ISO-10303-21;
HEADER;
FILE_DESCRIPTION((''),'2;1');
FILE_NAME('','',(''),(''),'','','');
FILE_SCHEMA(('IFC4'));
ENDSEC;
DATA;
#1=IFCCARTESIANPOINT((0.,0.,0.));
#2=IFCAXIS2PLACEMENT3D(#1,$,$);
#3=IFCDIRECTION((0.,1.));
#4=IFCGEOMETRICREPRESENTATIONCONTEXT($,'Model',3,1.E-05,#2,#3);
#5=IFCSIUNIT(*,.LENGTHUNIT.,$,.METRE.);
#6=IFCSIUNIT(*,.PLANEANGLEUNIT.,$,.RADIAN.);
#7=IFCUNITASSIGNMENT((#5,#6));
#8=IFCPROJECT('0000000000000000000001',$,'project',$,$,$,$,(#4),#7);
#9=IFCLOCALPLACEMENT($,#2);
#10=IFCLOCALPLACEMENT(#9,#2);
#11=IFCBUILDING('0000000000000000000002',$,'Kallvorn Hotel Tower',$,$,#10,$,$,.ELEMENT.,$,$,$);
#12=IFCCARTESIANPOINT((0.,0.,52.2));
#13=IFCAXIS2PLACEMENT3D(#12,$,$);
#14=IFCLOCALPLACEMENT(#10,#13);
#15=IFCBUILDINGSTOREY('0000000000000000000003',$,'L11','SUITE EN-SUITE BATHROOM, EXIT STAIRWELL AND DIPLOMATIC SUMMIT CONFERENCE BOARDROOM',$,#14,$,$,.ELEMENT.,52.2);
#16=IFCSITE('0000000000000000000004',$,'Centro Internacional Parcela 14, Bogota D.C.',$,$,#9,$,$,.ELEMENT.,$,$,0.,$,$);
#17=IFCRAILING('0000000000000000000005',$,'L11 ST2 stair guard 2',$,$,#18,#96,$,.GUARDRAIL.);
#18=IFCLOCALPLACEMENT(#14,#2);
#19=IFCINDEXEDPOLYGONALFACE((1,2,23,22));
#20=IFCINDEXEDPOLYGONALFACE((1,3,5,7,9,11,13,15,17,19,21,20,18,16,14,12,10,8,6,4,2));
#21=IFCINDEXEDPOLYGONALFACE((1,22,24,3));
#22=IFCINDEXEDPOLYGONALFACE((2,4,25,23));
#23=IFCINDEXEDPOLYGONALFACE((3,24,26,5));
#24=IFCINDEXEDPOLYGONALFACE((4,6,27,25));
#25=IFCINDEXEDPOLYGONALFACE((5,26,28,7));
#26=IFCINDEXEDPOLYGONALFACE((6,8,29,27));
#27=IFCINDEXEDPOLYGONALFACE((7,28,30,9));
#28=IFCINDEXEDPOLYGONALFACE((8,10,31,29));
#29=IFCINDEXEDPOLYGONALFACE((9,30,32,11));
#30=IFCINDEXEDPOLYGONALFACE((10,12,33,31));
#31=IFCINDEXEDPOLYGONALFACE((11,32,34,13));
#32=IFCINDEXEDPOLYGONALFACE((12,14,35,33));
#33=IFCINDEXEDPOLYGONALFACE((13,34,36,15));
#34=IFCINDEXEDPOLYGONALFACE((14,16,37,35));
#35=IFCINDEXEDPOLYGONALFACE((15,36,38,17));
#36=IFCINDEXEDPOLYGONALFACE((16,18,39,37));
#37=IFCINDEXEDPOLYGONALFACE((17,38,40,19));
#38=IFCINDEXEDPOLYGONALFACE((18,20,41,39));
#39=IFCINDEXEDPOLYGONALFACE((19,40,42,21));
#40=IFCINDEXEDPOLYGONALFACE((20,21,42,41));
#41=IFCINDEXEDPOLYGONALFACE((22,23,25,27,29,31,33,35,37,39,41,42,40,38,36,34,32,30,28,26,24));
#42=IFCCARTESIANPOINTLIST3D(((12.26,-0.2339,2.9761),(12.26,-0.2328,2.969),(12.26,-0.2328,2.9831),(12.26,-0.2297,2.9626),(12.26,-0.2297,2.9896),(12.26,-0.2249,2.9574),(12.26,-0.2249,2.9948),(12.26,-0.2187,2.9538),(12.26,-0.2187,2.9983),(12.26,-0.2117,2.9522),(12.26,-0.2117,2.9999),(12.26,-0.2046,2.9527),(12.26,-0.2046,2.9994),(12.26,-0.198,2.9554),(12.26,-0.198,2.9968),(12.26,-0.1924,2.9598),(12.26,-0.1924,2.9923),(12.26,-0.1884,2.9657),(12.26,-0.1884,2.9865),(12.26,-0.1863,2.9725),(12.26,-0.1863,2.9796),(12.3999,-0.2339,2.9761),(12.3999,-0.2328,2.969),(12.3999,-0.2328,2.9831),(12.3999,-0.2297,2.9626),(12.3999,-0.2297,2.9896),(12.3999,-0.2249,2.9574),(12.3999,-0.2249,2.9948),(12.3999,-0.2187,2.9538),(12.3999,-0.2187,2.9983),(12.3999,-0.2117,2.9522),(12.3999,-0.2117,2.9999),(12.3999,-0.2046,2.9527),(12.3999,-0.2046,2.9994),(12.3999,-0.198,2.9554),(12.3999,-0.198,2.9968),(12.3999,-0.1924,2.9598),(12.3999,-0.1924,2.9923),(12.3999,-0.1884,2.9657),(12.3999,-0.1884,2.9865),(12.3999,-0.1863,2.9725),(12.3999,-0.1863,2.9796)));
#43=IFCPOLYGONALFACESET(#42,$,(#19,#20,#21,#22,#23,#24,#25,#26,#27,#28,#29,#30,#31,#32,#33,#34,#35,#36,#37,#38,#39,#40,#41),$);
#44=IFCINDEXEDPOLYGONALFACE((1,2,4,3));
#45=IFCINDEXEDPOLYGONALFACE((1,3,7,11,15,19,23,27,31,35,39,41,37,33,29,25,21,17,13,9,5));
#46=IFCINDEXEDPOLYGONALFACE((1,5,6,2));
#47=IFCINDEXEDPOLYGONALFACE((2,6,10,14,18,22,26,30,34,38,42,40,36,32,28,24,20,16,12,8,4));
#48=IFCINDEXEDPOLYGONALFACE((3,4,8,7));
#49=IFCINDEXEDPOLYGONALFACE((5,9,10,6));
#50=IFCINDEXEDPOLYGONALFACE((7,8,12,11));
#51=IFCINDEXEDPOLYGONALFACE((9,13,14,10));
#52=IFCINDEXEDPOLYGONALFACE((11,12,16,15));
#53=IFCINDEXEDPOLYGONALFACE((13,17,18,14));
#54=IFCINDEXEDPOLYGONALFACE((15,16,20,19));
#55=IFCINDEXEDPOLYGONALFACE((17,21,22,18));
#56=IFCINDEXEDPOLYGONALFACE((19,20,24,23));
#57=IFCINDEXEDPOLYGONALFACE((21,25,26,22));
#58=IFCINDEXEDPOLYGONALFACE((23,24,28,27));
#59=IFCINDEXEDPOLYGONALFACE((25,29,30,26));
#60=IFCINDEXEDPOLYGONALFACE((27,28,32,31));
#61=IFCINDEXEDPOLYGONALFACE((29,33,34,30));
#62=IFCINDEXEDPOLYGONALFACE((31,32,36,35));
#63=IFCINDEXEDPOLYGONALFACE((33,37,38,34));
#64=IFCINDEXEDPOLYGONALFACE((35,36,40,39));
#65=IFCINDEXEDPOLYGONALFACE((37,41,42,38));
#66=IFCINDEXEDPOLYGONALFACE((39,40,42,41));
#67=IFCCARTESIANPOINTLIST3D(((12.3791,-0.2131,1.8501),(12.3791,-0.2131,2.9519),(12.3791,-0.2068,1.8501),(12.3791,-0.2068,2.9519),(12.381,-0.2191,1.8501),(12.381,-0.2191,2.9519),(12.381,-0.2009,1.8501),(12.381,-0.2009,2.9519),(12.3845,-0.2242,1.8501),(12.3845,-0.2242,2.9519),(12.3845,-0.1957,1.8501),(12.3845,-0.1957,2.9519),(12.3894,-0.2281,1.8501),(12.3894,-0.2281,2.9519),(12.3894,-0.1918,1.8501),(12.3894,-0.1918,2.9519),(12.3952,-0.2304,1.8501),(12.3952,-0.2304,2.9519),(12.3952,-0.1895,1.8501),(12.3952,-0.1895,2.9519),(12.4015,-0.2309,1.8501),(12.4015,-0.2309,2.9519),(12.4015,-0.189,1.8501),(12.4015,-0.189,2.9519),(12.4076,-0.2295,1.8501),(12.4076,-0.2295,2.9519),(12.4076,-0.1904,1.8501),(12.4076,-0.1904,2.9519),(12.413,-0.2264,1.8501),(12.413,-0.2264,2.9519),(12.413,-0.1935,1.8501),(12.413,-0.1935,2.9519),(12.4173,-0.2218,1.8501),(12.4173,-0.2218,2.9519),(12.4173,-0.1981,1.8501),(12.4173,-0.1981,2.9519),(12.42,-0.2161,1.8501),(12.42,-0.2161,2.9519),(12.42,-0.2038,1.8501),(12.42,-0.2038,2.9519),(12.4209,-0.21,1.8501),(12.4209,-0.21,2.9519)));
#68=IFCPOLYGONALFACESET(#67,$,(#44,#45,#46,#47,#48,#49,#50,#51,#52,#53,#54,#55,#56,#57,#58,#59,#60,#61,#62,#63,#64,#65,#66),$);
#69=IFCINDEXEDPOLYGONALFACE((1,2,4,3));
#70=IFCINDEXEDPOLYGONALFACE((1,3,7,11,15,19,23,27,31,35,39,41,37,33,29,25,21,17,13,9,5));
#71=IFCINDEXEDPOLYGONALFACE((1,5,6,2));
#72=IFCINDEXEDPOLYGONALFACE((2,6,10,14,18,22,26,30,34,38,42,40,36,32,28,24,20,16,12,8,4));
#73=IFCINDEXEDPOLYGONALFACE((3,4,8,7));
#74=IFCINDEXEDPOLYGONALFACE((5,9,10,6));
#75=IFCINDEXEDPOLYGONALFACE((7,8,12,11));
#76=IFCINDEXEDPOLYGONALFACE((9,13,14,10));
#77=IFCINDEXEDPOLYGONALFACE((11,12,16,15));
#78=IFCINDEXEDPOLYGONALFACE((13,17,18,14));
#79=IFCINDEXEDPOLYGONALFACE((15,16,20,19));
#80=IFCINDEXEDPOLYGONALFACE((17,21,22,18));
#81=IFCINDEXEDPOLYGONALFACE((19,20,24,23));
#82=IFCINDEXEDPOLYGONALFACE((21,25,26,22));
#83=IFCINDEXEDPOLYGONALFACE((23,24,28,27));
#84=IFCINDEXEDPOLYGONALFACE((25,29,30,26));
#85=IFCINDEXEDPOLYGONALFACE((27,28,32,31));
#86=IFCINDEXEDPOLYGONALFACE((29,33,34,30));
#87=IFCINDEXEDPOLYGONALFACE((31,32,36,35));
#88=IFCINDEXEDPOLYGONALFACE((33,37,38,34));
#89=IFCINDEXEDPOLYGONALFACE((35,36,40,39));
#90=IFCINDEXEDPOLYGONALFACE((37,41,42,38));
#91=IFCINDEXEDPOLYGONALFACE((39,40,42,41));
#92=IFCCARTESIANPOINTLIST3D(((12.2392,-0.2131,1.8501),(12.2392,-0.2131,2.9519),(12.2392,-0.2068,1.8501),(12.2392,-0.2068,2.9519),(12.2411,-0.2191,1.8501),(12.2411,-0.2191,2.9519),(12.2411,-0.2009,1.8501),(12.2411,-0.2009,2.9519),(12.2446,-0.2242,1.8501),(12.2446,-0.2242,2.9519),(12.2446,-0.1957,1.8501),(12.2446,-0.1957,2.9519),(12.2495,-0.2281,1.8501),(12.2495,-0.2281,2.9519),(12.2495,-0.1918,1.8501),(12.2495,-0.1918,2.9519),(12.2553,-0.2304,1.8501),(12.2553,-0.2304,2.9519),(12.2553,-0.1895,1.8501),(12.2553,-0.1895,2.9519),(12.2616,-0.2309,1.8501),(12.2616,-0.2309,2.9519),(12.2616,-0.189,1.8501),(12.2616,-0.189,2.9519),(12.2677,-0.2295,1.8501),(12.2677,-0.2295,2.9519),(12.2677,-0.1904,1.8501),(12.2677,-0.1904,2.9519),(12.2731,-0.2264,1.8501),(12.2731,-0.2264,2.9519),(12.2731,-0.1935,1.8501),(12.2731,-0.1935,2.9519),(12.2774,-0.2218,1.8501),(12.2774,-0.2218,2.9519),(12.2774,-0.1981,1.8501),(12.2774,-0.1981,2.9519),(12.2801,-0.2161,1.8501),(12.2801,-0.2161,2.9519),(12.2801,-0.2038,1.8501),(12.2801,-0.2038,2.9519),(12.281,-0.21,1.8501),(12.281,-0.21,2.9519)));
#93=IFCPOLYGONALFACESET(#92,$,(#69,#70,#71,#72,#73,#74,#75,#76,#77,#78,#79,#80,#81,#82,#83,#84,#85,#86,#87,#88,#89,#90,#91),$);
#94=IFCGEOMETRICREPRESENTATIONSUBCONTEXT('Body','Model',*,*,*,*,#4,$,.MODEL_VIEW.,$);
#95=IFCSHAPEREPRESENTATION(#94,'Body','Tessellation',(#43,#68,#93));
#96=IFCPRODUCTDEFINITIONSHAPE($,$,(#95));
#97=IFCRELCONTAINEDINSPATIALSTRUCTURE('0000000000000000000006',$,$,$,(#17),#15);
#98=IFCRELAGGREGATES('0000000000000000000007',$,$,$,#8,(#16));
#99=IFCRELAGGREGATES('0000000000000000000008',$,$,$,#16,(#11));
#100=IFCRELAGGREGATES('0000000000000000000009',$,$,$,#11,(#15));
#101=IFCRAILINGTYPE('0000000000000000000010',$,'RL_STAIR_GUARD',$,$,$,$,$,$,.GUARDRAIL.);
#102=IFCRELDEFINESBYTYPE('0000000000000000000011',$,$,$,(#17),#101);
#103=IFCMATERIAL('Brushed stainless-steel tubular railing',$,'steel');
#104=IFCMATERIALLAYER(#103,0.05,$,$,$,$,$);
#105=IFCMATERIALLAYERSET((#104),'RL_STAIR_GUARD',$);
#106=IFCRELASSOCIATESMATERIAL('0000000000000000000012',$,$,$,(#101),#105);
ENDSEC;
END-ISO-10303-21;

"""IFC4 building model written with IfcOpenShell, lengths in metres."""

from ifc_helpers import new_model, si_unit, direction, frame, origin, origin_2d, place, context, subcontext, project, spatial, circle, extrude, material, layer, layer_set, type_object, element, save


model = new_model("IFC4")

# Units and contexts
model_context = context("Model", 3, precision=1e-05, world=origin(), true_north=direction((0.0, 1.0)))
body_context = subcontext(model_context, "Body", "Model", "MODEL_VIEW")
ifc_project = project(units=[si_unit("LENGTHUNIT", "METRE"), si_unit("PLANEANGLEUNIT", "RADIAN")], contexts=[model_context])

# Site, building, storey
site_placement = place(None, origin())
site = spatial("IfcSite", under=ifc_project, at=site_placement, Name="Centro Internacional Parcela 14, Bogota D.C.", CompositionType="ELEMENT", RefElevation=0.0)
building_placement = place(site_placement, origin())
building = spatial("IfcBuilding", under=site, at=building_placement, Name="Kallvorn Hotel Tower", CompositionType="ELEMENT")
storey_placement = place(building_placement, frame((0.0, 0.0, 52.2)))
storey = spatial("IfcBuildingStorey", under=building, at=storey_placement, Name="L11", Description="SUITE EN-SUITE BATHROOM, EXIT STAIRWELL AND DIPLOMATIC SUMMIT CONFERENCE BOARDROOM", CompositionType="ELEMENT", Elevation=52.2)

# Railing
ifc_material_1 = material(Name="Brushed stainless-steel tubular railing", Category="steel")
ifc_layer_1 = layer(ifc_material_1, 0.05)
ifc_layer_set_1 = layer_set([ifc_layer_1], Name="RL_STAIR_GUARD")
railing_type = type_object("IfcRailingType", Name="RL_STAIR_GUARD", PredefinedType="GUARDRAIL", material=ifc_layer_set_1)
railing_1_placement = place(storey_placement, frame((12.3999, -0.21, 1.8501)))
element("IfcRailing", 1, at=railing_1_placement, inside=storey, type_object=railing_type, Name="L11 ST2 stair guard 2", PredefinedType="GUARDRAIL", context=body_context, shape_type="SweptSolid", body=[
    extrude(circle(Radius=0.0239, at=origin_2d()), frame((0.0, 0.0, 1.126), z_axis=(-1.0, 0.0, 0.0), x_axis=(0.0, -1.0, 0.0)), (0.0, 0.0, 1.0), 0.1399),
    extrude(circle(Radius=0.021, at=origin_2d()), origin(), (0.0, 0.0, 1.0), 1.1018),
    extrude(circle(Radius=0.021, at=origin_2d()), frame((-0.1399, 0.0, 0.0)), (0.0, 0.0, 1.0), 1.1018),
])

save(model, "model.ifc")
